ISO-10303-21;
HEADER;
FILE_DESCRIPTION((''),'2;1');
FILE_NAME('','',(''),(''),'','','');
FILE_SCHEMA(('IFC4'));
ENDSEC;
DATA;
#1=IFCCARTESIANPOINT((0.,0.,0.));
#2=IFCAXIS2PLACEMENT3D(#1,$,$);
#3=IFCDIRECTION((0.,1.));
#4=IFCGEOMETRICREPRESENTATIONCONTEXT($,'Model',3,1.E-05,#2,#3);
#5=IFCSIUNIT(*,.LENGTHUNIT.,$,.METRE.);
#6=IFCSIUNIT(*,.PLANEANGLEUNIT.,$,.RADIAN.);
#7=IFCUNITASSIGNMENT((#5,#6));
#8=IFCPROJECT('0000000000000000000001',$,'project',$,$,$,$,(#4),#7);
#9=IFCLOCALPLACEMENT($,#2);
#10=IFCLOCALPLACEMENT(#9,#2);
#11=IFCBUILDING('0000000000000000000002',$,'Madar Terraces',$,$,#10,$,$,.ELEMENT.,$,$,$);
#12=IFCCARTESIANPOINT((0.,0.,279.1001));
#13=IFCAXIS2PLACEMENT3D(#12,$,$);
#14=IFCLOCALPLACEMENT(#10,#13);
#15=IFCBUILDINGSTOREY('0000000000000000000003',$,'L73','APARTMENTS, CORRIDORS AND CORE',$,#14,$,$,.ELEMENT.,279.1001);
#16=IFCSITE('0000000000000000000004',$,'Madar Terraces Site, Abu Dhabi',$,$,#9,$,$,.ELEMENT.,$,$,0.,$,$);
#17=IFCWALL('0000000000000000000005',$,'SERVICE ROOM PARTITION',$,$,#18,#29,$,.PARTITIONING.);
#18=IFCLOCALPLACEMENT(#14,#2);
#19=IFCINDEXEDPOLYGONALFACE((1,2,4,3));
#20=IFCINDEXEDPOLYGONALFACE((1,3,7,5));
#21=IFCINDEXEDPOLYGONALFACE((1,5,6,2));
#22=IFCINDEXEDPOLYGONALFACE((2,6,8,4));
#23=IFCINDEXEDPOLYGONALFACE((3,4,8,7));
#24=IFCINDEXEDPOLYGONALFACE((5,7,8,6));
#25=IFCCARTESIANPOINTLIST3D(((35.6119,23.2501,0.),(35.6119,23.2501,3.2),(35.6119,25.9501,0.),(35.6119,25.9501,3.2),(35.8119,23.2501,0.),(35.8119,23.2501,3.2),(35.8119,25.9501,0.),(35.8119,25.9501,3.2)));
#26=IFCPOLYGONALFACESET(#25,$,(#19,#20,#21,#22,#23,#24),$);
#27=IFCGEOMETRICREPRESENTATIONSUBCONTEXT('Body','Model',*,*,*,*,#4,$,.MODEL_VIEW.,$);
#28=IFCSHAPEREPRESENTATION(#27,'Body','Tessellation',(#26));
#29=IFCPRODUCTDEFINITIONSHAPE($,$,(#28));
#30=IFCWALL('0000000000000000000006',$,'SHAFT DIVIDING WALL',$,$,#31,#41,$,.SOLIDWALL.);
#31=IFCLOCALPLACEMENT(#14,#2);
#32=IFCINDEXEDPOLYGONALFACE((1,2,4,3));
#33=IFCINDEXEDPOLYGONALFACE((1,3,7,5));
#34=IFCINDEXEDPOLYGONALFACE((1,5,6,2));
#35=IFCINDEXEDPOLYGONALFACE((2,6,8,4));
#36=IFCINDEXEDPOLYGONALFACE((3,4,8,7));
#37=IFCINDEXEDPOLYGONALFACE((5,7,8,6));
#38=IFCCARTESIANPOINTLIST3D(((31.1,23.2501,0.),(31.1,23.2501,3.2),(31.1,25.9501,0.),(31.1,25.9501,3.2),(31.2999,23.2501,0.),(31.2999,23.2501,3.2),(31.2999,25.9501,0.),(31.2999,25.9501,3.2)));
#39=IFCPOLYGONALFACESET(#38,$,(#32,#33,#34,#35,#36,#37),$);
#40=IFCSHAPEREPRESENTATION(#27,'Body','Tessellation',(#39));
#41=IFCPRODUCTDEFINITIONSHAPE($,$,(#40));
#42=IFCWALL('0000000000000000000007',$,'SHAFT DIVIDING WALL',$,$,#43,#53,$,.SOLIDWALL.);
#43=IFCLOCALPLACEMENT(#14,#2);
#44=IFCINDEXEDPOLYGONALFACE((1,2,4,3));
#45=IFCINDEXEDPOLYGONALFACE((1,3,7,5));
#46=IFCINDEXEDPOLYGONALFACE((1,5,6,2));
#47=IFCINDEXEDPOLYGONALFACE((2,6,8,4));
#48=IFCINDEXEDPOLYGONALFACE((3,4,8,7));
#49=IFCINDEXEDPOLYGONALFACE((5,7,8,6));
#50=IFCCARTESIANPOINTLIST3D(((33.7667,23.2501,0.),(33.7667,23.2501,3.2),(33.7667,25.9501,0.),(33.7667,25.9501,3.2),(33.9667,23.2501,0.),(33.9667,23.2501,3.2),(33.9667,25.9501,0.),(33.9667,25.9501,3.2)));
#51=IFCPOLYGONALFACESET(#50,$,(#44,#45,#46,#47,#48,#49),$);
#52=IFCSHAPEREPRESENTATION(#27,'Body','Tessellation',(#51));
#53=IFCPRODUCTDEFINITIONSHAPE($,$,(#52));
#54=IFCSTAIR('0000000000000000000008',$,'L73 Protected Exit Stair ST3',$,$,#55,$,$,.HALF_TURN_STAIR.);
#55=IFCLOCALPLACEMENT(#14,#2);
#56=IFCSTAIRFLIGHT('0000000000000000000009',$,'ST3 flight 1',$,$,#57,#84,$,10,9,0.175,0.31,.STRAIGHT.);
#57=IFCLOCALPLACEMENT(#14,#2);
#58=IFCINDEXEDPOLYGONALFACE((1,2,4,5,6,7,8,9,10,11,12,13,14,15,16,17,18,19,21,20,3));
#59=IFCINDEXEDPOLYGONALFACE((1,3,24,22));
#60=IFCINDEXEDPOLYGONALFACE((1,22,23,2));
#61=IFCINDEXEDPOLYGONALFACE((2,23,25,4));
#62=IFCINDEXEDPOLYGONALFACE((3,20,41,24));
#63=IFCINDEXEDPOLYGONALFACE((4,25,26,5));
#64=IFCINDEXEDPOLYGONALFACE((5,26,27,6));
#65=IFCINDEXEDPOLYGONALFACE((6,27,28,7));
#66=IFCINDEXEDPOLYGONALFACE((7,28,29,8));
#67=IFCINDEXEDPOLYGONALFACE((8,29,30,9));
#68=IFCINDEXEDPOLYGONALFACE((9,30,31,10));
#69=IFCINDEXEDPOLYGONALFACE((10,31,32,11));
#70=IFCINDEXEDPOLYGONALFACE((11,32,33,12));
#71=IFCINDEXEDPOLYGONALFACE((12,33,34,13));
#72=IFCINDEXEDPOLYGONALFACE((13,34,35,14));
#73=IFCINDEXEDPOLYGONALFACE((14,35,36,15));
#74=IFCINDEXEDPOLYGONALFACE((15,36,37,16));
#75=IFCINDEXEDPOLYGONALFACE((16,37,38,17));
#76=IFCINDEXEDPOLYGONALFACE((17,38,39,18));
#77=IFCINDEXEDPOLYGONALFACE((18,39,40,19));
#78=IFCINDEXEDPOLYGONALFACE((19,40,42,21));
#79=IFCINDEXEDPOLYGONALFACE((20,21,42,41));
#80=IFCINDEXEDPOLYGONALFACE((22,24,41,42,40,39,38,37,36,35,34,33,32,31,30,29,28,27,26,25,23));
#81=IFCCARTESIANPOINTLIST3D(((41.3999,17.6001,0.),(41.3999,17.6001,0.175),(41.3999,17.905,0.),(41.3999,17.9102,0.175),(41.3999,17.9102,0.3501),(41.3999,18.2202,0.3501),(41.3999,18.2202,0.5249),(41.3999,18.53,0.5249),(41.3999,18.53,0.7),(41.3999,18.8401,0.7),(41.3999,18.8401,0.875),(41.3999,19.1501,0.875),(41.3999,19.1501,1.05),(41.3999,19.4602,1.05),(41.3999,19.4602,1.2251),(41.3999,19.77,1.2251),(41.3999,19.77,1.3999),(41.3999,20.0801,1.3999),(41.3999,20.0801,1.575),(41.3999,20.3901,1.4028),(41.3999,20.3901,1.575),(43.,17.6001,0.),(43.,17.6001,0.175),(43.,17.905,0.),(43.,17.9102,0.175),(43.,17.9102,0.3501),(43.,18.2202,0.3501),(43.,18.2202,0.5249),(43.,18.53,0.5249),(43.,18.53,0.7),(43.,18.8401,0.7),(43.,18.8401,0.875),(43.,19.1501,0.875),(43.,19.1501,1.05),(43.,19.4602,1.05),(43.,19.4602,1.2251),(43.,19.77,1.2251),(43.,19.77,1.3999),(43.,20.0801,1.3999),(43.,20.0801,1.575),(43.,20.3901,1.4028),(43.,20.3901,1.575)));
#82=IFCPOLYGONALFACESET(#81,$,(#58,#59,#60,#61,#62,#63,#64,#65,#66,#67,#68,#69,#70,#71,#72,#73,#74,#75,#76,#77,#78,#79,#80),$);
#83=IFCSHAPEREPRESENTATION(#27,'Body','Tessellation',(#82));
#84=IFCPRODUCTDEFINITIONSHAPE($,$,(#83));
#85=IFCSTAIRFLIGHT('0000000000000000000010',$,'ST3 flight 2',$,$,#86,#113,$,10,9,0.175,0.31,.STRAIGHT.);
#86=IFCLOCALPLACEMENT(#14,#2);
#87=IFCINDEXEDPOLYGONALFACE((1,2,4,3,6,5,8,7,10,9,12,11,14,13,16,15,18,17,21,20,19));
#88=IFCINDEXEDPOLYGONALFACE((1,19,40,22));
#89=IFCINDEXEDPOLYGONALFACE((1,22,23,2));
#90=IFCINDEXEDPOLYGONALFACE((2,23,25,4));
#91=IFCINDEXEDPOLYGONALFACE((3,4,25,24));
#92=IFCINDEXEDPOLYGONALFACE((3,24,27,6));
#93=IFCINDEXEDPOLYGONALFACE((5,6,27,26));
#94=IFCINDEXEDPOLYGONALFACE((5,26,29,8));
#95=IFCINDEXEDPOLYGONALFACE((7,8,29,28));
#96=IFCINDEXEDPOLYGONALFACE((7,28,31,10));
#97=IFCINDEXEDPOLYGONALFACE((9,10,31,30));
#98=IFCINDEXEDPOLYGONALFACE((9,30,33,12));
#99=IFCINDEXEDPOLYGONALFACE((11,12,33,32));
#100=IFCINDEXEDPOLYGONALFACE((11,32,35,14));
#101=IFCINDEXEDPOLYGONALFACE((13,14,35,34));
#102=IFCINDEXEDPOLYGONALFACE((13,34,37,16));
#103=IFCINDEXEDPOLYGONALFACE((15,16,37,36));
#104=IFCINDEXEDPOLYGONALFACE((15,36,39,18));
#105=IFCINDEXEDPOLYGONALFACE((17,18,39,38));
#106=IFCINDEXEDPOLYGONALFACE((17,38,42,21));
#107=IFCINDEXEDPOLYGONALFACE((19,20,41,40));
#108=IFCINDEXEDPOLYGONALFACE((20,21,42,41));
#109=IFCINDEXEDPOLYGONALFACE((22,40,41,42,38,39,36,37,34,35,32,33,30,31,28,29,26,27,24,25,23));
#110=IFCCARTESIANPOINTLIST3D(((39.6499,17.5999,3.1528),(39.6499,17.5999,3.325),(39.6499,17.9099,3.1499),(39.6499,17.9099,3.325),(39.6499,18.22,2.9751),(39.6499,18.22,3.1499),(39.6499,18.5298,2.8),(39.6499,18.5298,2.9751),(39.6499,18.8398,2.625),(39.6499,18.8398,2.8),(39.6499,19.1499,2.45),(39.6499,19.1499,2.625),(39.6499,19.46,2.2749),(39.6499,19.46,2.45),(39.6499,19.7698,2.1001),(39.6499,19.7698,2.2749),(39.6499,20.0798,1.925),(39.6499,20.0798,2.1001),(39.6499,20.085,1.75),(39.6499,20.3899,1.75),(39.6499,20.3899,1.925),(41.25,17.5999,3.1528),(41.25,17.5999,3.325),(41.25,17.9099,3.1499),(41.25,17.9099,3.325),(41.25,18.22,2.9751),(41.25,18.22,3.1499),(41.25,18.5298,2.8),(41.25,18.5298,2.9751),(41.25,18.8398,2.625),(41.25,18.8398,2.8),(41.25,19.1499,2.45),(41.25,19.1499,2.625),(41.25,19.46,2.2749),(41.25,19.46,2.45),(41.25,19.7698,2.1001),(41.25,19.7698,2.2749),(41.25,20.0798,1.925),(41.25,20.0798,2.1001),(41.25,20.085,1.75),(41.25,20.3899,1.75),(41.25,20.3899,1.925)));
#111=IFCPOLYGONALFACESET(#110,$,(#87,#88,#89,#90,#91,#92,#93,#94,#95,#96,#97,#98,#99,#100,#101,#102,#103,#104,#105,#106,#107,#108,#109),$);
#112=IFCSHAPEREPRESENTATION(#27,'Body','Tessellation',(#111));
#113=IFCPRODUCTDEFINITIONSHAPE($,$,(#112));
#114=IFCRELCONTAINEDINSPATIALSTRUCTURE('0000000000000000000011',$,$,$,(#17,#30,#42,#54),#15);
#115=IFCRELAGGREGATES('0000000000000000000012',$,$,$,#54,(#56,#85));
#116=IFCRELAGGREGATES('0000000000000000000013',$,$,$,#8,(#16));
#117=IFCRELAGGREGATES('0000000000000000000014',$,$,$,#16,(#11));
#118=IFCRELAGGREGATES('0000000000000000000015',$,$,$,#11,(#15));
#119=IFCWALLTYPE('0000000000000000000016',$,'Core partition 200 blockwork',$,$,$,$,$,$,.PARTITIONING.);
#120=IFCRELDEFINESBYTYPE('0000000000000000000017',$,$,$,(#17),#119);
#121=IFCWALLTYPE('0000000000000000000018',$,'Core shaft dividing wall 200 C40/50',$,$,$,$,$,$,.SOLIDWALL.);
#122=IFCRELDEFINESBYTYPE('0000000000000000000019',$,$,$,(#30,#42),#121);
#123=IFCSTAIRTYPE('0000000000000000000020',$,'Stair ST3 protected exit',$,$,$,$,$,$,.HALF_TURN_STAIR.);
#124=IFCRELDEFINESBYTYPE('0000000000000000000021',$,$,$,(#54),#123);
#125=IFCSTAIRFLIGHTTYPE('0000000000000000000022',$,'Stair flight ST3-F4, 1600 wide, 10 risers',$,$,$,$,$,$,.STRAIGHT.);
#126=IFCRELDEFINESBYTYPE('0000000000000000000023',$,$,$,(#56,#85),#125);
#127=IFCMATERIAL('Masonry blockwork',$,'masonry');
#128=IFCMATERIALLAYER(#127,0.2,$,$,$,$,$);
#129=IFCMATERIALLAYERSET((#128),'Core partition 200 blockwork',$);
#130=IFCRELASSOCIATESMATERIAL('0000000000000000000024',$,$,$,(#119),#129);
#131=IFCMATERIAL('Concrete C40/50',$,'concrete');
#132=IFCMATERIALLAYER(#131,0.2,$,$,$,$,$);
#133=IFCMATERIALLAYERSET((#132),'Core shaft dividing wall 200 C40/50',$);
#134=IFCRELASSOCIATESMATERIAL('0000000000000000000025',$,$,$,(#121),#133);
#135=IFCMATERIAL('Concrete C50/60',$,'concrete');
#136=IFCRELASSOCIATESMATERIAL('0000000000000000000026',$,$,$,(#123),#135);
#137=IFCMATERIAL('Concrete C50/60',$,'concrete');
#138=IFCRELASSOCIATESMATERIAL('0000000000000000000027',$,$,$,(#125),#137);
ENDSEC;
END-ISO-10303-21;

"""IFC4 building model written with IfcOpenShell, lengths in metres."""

from ifc_helpers import new_model, si_unit, direction, frame, frame_2d, origin, place, context, subcontext, project, spatial, polyline, rectangle, outline, extrude, material, layer, layer_set, type_object, element, aggregate, save


model = new_model("IFC4")

# Units and contexts
model_context = context("Model", 3, precision=1e-05, world=origin(), true_north=direction((0.0, 1.0)))
body_context = subcontext(model_context, "Body", "Model", "MODEL_VIEW")
ifc_project = project(units=[si_unit("LENGTHUNIT", "METRE"), si_unit("PLANEANGLEUNIT", "RADIAN")], contexts=[model_context])

# Site, building, storey
site_placement = place(None, origin())
site = spatial("IfcSite", under=ifc_project, at=site_placement, Name="Madar Terraces Site, Abu Dhabi", CompositionType="ELEMENT", RefElevation=0.0)
building_placement = place(site_placement, origin())
building = spatial("IfcBuilding", under=site, at=building_placement, Name="Madar Terraces", CompositionType="ELEMENT")
storey_placement = place(building_placement, frame((0.0, 0.0, 279.1001)))
storey = spatial("IfcBuildingStorey", under=building, at=storey_placement, Name="L73", Description="APARTMENTS, CORRIDORS AND CORE", CompositionType="ELEMENT", Elevation=279.1001)

# Walls
ifc_material_1 = material(Name="Masonry blockwork", Category="masonry")
ifc_layer_1 = layer(ifc_material_1, 0.2)
ifc_layer_set_1 = layer_set([ifc_layer_1], Name="Core partition 200 blockwork")
wall_type_1 = type_object("IfcWallType", Name="Core partition 200 blockwork", PredefinedType="PARTITIONING", material=ifc_layer_set_1)
wall_1_placement = place(storey_placement, frame((35.7119, 23.25, 0.0), z_axis=(0.0, 0.0, 1.0), x_axis=(0.0, 1.0, 0.0)))
element("IfcWall", 1, at=wall_1_placement, inside=storey, type_object=wall_type_1, Name="SERVICE ROOM PARTITION", PredefinedType="PARTITIONING", context=body_context, shape_type="SweptSolid", body=[
    extrude(rectangle(XDim=2.7, YDim=0.2, at=frame_2d((1.3501, 0.0))), origin(), (0.0, 0.0, 1.0), 3.2),
])
ifc_material_2 = material(Name="Concrete C40/50", Category="concrete")
ifc_layer_2 = layer(ifc_material_2, 0.2)
ifc_layer_set_2 = layer_set([ifc_layer_2], Name="Core shaft dividing wall 200 C40/50")
wall_type_2 = type_object("IfcWallType", Name="Core shaft dividing wall 200 C40/50", PredefinedType="SOLIDWALL", material=ifc_layer_set_2)
for number, where, z_axis, x_axis, name in (
    (2, (31.2, 23.25, 0.0), (0.0, 0.0, 1.0), (0.0, 1.0, 0.0), "SHAFT DIVIDING WALL"),
    (3, (33.8667, 23.25, 0.0), (0.0, 0.0, 1.0), (0.0, 1.0, 0.0), "SHAFT DIVIDING WALL"),
):
    element("IfcWall", number, at=place(storey_placement, frame(where, z_axis=z_axis, x_axis=x_axis)), inside=storey, type_object=wall_type_2, Name=name, PredefinedType="SOLIDWALL", context=body_context, shape_type="SweptSolid", body=[
        extrude(rectangle(XDim=2.7, YDim=0.2, at=frame_2d((1.3501, 0.0))), origin(), (0.0, 0.0, 1.0), 3.2),
    ])

# Stair, stair flights
ifc_material_3 = material(Name="Concrete C50/60", Category="concrete")
stair_type = type_object("IfcStairType", Name="Stair ST3 protected exit", PredefinedType="HALF_TURN_STAIR", material=ifc_material_3)
stair_placement = place(storey_placement, origin())
stair = element("IfcStair", 4, at=stair_placement, inside=storey, type_object=stair_type, Name="L73 Protected Exit Stair ST3", PredefinedType="HALF_TURN_STAIR")
ifc_material_4 = material(Name="Concrete C50/60", Category="concrete")
stair_flight_type = type_object("IfcStairFlightType", Name="Stair flight ST3-F4, 1600 wide, 10 risers", PredefinedType="STRAIGHT", material=ifc_material_4)
stair_flight_1_placement = place(storey_placement, frame((42.2, 17.6001, 0.0), z_axis=(0.0, 0.0, 1.0), x_axis=(0.0, 1.0, 0.0)))
stair_flight_1 = element("IfcStairFlight", 5, at=stair_flight_1_placement, type_object=stair_flight_type, Name="ST3 flight 1", NumberOfRisers=10, NumberOfTreads=9, PredefinedType="STRAIGHT", RiserHeight=0.175, TreadLength=0.31, context=body_context, shape_type="SweptSolid", body=[
    extrude(outline(polyline([(0.0, 0.0), (0.0, 0.175), (0.3101, 0.175), (0.3101, 0.3501), (0.6201, 0.3501), (0.6201, 0.5249), (0.9299, 0.5249), (0.9299, 0.7), (1.24, 0.7), (1.24, 0.875), (1.55, 0.875), (1.55, 1.05), (1.8601, 1.05), (1.8601, 1.2251), (2.1699, 1.2251), (2.1699, 1.3999), (2.48, 1.3999), (2.48, 1.575), (2.79, 1.575), (2.79, 1.75), (2.79, 1.4028), (0.3049, 0.0), (0.0, 0.0)])), frame((0.0, 0.8, 0.0), z_axis=(0.0, -1.0, 0.0), x_axis=(1.0, 0.0, 0.0)), (0.0, 0.0, 1.0), 1.6001),
])
stair_flight_2_placement = place(storey_placement, frame((40.45, 20.3899, 1.75), z_axis=(0.0, 0.0, 1.0), x_axis=(0.0, -1.0, 0.0)))
stair_flight_2 = element("IfcStairFlight", 6, at=stair_flight_2_placement, type_object=stair_flight_type, Name="ST3 flight 2", NumberOfRisers=10, NumberOfTreads=9, PredefinedType="STRAIGHT", RiserHeight=0.175, TreadLength=0.31, context=body_context, shape_type="SweptSolid", body=[
    extrude(outline(polyline([(0.0, 0.0), (0.0, 0.175), (0.3101, 0.175), (0.3101, 0.3501), (0.6201, 0.3501), (0.6201, 0.5249), (0.9299, 0.5249), (0.9299, 0.7), (1.24, 0.7), (1.24, 0.875), (1.55, 0.875), (1.55, 1.05), (1.8601, 1.05), (1.8601, 1.2251), (2.1699, 1.2251), (2.1699, 1.3999), (2.48, 1.3999), (2.48, 1.575), (2.79, 1.575), (2.79, 1.75), (2.79, 1.4028), (0.3049, 0.0), (0.0, 0.0)])), frame((0.0, 0.8, 0.0), z_axis=(0.0, -1.0, 0.0), x_axis=(1.0, 0.0, 0.0)), (0.0, 0.0, 1.0), 1.6001),
])
aggregate(stair, [stair_flight_1, stair_flight_2])

save(model, "model.ifc")
